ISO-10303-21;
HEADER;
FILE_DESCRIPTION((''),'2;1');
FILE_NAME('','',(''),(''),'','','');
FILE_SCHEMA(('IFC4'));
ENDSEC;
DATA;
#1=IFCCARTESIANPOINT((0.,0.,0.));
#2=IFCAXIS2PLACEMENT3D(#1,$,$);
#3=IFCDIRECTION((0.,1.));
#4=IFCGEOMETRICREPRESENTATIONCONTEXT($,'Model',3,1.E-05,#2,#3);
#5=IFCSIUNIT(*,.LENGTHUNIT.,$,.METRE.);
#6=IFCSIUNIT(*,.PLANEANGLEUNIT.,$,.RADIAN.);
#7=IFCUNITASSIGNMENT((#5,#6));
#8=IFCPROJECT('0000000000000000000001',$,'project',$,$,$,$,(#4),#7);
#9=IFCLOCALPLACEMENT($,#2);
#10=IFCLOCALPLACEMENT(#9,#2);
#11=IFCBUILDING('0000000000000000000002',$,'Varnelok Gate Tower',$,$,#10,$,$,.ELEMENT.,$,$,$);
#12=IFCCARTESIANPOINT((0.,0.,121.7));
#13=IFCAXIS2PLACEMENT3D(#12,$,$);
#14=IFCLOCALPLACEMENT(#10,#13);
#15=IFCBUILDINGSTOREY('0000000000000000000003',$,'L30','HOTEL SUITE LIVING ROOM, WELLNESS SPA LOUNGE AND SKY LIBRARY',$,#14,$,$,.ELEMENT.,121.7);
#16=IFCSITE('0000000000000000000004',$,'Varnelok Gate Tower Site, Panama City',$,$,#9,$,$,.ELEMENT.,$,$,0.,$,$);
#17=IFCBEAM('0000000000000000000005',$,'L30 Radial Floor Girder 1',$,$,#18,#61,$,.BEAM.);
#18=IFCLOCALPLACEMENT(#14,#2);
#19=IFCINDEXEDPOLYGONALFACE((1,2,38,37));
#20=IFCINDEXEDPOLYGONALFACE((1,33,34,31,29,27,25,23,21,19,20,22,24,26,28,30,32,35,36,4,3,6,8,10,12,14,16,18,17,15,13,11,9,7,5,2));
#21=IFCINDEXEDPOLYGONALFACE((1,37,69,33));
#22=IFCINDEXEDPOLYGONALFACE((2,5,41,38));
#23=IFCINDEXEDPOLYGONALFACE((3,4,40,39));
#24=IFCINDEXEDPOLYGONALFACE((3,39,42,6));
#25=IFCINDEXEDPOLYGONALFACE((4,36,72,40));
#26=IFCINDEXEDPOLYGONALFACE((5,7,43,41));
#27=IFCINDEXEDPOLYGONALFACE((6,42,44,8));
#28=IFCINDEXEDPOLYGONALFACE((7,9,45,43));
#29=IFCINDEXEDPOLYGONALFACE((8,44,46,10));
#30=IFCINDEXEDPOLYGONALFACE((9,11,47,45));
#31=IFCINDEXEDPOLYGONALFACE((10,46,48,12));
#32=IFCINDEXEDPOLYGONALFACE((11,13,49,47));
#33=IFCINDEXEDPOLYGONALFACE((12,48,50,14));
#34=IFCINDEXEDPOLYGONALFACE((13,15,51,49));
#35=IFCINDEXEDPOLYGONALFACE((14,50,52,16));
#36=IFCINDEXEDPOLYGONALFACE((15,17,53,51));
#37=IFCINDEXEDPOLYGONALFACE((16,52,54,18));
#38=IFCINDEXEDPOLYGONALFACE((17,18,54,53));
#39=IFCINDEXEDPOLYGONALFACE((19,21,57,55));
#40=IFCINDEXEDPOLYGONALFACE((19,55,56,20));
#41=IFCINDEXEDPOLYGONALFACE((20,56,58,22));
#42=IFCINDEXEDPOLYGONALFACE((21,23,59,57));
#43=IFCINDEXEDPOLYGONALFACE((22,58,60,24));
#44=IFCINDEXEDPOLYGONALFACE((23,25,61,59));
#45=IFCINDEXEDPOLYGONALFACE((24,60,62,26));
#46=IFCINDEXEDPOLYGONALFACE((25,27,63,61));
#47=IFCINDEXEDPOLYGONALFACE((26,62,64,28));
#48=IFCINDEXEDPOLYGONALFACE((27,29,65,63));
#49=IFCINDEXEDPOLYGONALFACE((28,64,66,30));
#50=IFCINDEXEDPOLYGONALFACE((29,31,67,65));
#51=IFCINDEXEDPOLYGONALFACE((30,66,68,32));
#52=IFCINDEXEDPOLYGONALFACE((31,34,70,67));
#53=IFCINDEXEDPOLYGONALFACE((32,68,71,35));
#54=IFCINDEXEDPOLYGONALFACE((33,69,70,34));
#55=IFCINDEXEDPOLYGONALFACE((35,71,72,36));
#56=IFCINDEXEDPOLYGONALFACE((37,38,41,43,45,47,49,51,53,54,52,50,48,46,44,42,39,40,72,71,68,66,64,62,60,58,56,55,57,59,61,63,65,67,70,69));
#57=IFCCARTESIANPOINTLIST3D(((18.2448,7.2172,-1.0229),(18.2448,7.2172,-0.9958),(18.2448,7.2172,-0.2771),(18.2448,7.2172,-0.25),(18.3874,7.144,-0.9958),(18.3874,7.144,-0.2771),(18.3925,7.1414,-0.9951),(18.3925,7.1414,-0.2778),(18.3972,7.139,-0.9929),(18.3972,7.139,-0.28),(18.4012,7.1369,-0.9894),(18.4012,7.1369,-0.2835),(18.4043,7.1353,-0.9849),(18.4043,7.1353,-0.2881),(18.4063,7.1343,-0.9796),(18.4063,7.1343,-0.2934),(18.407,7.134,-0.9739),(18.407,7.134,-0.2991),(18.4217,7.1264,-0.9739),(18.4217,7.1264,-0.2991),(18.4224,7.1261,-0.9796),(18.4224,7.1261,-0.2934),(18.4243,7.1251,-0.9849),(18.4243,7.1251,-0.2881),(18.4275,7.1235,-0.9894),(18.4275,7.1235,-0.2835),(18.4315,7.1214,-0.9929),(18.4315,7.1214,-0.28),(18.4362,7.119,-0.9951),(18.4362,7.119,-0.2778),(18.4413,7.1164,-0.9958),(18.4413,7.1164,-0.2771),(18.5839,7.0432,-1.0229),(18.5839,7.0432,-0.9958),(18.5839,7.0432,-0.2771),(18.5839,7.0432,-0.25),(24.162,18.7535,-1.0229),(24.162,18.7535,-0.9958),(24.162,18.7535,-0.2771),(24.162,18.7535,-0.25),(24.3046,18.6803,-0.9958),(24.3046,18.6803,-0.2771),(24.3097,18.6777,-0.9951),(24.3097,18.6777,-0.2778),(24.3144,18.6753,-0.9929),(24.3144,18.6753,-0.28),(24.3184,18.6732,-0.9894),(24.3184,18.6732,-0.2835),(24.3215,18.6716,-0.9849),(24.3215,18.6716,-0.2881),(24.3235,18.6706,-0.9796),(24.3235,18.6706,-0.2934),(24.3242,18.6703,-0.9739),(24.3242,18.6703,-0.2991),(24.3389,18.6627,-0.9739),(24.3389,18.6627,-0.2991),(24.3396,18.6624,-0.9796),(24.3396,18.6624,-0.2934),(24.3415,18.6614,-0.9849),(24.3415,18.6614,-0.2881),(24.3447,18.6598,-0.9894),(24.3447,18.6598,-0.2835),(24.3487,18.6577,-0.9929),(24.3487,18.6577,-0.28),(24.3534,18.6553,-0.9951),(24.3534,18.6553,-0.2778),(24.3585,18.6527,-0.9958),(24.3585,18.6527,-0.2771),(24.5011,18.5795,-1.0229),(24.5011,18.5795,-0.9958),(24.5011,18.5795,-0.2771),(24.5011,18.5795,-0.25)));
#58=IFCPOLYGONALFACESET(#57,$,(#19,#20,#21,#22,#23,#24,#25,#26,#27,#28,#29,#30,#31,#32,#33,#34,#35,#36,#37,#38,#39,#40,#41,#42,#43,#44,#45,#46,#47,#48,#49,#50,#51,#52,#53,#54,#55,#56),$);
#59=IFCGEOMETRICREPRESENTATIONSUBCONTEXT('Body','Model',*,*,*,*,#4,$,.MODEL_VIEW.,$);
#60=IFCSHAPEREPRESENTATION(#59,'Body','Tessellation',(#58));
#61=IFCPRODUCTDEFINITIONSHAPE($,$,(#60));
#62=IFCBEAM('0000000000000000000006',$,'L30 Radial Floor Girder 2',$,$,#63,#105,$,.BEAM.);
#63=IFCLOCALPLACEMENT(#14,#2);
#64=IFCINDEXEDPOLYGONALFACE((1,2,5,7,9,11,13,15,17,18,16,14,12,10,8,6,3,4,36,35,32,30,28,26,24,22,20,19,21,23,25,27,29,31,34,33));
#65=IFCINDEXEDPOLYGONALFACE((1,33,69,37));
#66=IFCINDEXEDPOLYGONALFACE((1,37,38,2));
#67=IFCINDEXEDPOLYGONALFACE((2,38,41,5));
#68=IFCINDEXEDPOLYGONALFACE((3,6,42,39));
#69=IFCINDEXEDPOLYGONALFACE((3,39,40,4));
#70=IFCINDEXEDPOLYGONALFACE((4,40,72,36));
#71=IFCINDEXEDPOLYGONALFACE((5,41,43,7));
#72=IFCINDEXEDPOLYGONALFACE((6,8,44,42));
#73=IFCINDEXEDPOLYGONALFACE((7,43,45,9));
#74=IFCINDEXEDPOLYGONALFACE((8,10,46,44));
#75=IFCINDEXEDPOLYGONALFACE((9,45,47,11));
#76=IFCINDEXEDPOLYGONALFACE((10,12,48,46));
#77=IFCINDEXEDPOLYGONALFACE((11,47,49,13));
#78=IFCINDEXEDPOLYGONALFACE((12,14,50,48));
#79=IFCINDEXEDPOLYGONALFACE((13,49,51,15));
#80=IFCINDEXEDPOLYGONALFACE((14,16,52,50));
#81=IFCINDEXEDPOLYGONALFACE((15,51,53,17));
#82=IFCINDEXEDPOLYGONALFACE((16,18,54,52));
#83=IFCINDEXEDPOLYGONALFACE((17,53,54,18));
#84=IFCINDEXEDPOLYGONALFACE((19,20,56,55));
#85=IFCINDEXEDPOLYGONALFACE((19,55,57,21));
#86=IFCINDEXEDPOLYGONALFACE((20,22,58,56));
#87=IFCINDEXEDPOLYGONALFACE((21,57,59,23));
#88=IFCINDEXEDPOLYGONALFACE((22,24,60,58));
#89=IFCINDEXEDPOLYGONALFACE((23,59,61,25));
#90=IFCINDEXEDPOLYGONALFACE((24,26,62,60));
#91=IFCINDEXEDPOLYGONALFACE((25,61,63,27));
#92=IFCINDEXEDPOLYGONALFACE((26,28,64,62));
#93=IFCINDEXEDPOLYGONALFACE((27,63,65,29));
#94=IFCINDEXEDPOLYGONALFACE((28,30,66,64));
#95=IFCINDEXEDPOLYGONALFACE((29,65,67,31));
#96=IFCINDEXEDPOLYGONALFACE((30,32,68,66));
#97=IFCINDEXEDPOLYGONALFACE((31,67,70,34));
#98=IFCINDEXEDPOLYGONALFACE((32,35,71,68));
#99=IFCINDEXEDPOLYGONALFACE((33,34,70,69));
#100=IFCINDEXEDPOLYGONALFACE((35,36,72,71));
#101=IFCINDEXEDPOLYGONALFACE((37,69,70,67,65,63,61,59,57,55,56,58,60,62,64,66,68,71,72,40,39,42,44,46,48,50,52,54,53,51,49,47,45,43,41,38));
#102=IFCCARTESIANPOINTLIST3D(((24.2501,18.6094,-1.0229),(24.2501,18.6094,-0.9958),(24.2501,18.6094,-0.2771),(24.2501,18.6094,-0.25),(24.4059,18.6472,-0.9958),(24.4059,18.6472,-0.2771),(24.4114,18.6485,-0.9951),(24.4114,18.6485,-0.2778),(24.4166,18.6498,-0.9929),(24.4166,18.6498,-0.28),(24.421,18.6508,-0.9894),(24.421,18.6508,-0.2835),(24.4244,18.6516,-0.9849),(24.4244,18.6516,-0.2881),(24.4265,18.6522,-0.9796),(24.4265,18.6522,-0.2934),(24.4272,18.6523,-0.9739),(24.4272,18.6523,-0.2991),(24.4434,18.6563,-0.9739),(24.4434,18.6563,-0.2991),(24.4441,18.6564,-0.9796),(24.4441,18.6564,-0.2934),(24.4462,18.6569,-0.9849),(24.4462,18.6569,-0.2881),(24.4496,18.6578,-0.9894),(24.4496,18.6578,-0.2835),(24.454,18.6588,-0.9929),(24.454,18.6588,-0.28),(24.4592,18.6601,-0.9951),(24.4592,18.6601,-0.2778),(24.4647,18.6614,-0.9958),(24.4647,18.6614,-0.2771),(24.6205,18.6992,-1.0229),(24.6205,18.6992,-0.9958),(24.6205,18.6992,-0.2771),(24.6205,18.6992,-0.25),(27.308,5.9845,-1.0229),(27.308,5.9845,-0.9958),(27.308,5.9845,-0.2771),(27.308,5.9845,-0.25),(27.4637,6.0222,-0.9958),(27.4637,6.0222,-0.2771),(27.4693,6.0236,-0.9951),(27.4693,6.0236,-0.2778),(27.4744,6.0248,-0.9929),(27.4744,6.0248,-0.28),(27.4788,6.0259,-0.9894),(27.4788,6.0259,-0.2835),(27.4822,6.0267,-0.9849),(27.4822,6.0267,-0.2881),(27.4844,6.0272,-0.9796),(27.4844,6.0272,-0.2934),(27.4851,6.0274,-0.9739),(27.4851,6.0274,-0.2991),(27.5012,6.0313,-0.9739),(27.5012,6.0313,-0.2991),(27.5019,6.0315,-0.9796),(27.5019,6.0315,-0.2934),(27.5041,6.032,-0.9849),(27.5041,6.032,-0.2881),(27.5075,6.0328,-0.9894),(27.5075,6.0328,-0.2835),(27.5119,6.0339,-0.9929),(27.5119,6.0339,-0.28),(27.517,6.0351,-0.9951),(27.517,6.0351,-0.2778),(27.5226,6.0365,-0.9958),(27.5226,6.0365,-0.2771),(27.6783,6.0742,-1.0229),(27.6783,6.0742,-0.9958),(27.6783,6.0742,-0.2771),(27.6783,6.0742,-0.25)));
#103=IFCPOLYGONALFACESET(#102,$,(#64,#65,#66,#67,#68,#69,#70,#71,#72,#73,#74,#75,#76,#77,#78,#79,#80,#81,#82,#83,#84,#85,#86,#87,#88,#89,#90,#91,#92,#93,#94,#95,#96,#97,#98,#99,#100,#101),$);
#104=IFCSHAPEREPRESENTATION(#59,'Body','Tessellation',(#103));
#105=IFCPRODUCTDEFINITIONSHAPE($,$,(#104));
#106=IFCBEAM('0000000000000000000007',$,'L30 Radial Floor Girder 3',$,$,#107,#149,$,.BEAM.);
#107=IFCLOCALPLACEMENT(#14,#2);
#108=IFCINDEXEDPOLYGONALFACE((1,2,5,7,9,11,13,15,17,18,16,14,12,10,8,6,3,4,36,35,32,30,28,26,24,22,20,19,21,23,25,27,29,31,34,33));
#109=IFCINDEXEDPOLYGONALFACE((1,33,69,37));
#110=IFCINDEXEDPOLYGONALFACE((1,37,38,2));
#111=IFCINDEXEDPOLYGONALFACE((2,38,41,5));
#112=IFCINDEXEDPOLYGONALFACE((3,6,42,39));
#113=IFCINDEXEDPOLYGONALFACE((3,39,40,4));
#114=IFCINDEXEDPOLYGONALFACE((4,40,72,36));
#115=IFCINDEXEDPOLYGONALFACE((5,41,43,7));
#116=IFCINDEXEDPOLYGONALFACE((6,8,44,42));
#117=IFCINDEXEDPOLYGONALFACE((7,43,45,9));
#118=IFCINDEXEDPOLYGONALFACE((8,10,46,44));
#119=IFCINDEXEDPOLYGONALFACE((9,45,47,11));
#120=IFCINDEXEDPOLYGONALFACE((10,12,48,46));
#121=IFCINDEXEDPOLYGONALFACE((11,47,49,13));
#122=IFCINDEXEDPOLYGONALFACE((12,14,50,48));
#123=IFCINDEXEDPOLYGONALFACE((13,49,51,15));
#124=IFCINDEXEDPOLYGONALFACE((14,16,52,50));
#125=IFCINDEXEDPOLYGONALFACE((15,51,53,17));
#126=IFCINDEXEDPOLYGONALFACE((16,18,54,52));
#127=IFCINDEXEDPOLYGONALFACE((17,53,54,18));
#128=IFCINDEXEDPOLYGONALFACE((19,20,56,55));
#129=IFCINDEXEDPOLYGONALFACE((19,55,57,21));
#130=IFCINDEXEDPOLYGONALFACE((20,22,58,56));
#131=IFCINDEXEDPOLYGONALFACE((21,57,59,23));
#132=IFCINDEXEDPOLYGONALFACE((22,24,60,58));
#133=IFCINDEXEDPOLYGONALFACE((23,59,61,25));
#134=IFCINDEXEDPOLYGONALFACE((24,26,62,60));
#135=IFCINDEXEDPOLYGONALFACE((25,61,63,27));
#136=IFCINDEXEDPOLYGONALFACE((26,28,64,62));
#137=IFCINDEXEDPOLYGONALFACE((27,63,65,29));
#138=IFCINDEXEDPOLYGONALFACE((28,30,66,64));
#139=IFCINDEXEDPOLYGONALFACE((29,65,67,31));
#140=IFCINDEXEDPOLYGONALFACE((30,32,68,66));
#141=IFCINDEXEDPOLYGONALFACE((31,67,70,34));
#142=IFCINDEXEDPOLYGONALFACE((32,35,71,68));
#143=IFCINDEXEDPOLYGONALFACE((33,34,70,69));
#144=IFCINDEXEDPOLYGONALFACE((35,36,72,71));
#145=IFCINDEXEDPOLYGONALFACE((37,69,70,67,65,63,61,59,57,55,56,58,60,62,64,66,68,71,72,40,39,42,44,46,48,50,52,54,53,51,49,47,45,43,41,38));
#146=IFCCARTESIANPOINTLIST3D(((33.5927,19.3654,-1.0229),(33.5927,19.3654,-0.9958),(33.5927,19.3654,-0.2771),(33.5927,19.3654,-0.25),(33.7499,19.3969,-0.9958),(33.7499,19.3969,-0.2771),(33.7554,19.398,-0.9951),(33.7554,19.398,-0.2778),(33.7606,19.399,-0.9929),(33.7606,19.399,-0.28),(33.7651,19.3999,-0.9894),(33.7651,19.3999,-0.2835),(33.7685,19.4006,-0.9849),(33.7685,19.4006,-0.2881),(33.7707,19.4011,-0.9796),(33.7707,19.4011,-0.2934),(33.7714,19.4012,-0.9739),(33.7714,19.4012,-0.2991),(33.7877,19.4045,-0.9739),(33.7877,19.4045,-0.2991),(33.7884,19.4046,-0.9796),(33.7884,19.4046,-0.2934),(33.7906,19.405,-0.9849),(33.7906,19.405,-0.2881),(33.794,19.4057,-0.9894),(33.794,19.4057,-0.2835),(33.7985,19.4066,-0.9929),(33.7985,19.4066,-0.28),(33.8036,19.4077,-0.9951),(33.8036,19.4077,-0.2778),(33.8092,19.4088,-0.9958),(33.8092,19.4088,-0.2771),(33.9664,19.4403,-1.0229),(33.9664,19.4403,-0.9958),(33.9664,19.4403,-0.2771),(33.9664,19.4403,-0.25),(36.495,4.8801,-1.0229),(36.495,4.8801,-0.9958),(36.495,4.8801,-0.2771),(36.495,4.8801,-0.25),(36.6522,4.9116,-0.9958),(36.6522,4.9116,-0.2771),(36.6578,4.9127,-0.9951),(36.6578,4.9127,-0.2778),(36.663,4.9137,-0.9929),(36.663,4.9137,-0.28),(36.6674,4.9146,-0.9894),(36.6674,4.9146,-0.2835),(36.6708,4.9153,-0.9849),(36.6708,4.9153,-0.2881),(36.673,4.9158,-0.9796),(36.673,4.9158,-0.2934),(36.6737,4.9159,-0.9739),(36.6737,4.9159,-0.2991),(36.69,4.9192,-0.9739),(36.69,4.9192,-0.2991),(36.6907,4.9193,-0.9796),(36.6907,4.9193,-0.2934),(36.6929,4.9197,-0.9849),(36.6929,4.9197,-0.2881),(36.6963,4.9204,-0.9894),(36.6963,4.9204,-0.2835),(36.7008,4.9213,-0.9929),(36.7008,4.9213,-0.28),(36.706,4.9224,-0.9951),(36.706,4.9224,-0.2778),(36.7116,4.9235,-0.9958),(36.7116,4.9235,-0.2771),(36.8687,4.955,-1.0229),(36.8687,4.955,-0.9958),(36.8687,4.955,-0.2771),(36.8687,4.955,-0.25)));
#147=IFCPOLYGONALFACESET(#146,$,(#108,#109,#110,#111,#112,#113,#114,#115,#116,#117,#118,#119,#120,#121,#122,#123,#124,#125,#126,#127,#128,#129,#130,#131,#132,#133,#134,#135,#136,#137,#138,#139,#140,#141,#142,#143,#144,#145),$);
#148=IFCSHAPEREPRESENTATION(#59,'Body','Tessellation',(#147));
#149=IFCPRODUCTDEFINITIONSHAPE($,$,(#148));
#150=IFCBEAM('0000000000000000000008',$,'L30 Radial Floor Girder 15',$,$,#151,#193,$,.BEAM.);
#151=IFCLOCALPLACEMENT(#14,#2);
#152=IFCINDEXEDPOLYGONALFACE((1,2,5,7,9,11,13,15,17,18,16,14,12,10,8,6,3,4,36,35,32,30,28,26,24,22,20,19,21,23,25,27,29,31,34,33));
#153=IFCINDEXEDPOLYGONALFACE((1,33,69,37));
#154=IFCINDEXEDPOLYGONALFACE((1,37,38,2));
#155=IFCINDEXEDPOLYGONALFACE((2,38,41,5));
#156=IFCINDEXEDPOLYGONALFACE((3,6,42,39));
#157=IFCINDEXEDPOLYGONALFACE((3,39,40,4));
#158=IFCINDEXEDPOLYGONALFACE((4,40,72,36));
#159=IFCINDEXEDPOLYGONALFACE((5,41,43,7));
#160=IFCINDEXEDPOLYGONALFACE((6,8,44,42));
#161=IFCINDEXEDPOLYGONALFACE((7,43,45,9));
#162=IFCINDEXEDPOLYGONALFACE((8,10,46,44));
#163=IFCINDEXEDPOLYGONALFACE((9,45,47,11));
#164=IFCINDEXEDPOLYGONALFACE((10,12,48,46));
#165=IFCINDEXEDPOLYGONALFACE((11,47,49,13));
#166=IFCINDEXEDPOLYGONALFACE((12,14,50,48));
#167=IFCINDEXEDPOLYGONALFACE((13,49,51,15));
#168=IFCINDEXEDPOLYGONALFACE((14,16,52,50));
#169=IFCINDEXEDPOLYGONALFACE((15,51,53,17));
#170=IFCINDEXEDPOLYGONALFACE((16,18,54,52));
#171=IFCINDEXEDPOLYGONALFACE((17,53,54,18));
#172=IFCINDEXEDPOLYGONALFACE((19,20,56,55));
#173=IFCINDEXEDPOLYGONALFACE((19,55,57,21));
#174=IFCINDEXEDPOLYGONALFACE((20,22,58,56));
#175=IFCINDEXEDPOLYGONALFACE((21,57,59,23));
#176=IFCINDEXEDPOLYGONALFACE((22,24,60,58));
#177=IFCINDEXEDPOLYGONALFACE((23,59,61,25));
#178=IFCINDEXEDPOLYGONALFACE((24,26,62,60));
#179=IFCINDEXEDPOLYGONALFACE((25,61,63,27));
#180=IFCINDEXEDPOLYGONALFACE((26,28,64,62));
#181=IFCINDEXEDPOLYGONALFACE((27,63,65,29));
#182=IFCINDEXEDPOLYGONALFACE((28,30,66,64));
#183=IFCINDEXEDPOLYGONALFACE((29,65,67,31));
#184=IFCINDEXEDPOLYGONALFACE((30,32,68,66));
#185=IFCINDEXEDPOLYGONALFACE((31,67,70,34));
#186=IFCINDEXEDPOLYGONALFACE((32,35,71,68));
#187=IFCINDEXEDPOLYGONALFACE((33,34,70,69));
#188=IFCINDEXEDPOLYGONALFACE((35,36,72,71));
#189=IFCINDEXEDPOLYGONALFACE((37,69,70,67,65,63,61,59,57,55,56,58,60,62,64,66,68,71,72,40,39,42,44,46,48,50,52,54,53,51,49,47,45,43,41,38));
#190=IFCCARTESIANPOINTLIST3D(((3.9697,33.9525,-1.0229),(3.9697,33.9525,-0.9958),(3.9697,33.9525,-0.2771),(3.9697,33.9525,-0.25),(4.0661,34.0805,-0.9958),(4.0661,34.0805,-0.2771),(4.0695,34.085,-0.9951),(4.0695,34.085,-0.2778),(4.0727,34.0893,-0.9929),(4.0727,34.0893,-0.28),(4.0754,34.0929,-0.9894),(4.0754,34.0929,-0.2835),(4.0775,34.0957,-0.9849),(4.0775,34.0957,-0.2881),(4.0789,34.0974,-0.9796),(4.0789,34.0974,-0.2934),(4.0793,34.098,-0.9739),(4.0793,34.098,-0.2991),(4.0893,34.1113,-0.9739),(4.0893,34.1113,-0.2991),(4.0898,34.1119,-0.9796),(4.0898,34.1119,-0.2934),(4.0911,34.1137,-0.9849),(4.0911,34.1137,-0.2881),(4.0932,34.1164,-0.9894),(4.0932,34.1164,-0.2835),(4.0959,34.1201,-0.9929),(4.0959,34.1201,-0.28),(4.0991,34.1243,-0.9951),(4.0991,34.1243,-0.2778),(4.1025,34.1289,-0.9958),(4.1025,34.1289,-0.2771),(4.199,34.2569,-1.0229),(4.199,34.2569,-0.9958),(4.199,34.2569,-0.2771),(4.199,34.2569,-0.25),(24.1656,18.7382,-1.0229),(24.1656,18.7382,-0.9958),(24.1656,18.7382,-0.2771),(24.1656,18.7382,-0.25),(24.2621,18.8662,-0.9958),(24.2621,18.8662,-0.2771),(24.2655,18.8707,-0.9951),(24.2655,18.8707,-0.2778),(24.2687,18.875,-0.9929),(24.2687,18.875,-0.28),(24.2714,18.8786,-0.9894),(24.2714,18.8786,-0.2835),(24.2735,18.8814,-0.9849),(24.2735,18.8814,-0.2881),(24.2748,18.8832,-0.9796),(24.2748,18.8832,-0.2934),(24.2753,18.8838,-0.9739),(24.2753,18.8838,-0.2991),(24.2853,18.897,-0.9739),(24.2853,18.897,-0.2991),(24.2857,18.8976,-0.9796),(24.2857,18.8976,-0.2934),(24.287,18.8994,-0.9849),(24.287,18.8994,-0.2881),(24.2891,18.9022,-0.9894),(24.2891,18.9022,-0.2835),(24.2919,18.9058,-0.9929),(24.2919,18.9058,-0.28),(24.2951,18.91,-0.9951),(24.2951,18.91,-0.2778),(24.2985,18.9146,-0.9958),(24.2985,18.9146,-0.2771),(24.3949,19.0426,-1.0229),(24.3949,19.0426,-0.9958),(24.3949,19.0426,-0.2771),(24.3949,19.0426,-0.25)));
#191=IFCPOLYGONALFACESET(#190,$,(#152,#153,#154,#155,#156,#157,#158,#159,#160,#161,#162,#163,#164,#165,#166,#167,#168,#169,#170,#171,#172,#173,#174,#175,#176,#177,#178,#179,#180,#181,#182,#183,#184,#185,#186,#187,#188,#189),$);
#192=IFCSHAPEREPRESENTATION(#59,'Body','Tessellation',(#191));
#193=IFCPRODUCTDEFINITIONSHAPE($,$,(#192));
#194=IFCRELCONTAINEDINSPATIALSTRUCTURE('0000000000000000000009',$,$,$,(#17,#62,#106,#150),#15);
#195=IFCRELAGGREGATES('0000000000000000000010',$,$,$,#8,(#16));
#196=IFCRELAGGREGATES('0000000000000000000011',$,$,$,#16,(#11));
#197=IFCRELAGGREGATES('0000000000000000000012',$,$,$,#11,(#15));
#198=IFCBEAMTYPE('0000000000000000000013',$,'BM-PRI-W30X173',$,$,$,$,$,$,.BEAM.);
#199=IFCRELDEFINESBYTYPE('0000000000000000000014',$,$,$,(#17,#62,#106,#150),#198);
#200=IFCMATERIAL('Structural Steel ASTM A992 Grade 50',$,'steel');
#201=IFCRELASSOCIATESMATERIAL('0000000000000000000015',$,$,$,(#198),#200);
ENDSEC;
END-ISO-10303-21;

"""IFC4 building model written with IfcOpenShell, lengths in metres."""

from ifc_helpers import new_model, si_unit, direction, frame, origin, origin_2d, place, context, subcontext, project, spatial, i_section, extrude, material, material_profile, profile_set, type_object, element, save


model = new_model("IFC4")

# Units and contexts
model_context = context("Model", 3, precision=1e-05, world=origin(), true_north=direction((0.0, 1.0)))
body_context = subcontext(model_context, "Body", "Model", "MODEL_VIEW")
ifc_project = project(units=[si_unit("LENGTHUNIT", "METRE"), si_unit("PLANEANGLEUNIT", "RADIAN")], contexts=[model_context])

# Site, building, storey
site_placement = place(None, origin())
site = spatial("IfcSite", under=ifc_project, at=site_placement, Name="Varnelok Gate Tower Site, Panama City", CompositionType="ELEMENT", RefElevation=0.0)
building_placement = place(site_placement, origin())
building = spatial("IfcBuilding", under=site, at=building_placement, Name="Varnelok Gate Tower", CompositionType="ELEMENT")
storey_placement = place(building_placement, frame((0.0, 0.0, 121.7)))
storey = spatial("IfcBuildingStorey", under=building, at=storey_placement, Name="L30", Description="HOTEL SUITE LIVING ROOM, WELLNESS SPA LOUNGE AND SKY LIBRARY", CompositionType="ELEMENT", Elevation=121.7)

# Shared definitions
ifc_material_1 = material(Name="Structural Steel ASTM A992 Grade 50", Category="steel")

# Beams
ifc_material_profile_1 = material_profile(ifc_material_1, i_section(OverallWidth=0.3811, OverallDepth=0.7729, WebThickness=0.0166, FlangeThickness=0.0271, FilletRadius=0.022, at=origin_2d()), Name="W30X173")
ifc_profile_set_1 = profile_set([ifc_material_profile_1], Name="Structural Steel ASTM A992 Grade 50")
beam_type_1 = type_object("IfcBeamType", Name="BM-PRI-W30X173", PredefinedType="BEAM", material=ifc_profile_set_1)
beam_1_placement = place(storey_placement, frame((24.3315, 18.6665, -0.6365), z_axis=(-0.456387, -0.889782, 0.0), x_axis=(0.889782, -0.456387, 0.0)))
element("IfcBeam", 1, at=beam_1_placement, inside=storey, type_object=beam_type_1, Name="L30 Radial Floor Girder 1", PredefinedType="BEAM", context=body_context, shape_type="SweptSolid", body=[
    extrude(i_section(OverallWidth=0.3811, OverallDepth=0.7729, WebThickness=0.0166, FlangeThickness=0.0271, FilletRadius=0.022, at=origin_2d()), origin(), (0.0, 0.0, 1.0), 12.9653),
])
beam_2_placement = place(storey_placement, frame((24.4353, 18.6543, -0.6365), z_axis=(0.2354, -0.971898, 0.0), x_axis=(0.971898, 0.2354, 0.0)))
element("IfcBeam", 2, at=beam_2_placement, inside=storey, type_object=beam_type_1, Name="L30 Radial Floor Girder 2", PredefinedType="BEAM", context=body_context, shape_type="SweptSolid", body=[
    extrude(i_section(OverallWidth=0.3811, OverallDepth=0.7729, WebThickness=0.0166, FlangeThickness=0.0271, FilletRadius=0.022, at=origin_2d()), origin(), (0.0, 0.0, 1.0), 12.99),
])
beam_3_placement = place(storey_placement, frame((33.7795, 19.4028, -0.6365), z_axis=(0.196459, -0.980512, 0.0), x_axis=(0.980512, 0.196459, 0.0)))
element("IfcBeam", 3, at=beam_3_placement, inside=storey, type_object=beam_type_1, Name="L30 Radial Floor Girder 3", PredefinedType="BEAM", context=body_context, shape_type="SweptSolid", body=[
    extrude(i_section(OverallWidth=0.3811, OverallDepth=0.7729, WebThickness=0.0166, FlangeThickness=0.0271, FilletRadius=0.022, at=origin_2d()), origin(), (0.0, 0.0, 1.0), 14.7732),
])
beam_4_placement = place(storey_placement, frame((24.2803, 18.8904, -0.6365), z_axis=(-0.79872, 0.601703, 0.0), x_axis=(-0.601703, -0.79872, 0.0)))
element("IfcBeam", 4, at=beam_4_placement, inside=storey, type_object=beam_type_1, Name="L30 Radial Floor Girder 15", PredefinedType="BEAM", context=body_context, shape_type="SweptSolid", body=[
    extrude(i_section(OverallWidth=0.3811, OverallDepth=0.7729, WebThickness=0.0166, FlangeThickness=0.0271, FilletRadius=0.022, at=origin_2d()), origin(), (0.0, 0.0, 1.0), 25.2854),
])

save(model, "model.ifc")
